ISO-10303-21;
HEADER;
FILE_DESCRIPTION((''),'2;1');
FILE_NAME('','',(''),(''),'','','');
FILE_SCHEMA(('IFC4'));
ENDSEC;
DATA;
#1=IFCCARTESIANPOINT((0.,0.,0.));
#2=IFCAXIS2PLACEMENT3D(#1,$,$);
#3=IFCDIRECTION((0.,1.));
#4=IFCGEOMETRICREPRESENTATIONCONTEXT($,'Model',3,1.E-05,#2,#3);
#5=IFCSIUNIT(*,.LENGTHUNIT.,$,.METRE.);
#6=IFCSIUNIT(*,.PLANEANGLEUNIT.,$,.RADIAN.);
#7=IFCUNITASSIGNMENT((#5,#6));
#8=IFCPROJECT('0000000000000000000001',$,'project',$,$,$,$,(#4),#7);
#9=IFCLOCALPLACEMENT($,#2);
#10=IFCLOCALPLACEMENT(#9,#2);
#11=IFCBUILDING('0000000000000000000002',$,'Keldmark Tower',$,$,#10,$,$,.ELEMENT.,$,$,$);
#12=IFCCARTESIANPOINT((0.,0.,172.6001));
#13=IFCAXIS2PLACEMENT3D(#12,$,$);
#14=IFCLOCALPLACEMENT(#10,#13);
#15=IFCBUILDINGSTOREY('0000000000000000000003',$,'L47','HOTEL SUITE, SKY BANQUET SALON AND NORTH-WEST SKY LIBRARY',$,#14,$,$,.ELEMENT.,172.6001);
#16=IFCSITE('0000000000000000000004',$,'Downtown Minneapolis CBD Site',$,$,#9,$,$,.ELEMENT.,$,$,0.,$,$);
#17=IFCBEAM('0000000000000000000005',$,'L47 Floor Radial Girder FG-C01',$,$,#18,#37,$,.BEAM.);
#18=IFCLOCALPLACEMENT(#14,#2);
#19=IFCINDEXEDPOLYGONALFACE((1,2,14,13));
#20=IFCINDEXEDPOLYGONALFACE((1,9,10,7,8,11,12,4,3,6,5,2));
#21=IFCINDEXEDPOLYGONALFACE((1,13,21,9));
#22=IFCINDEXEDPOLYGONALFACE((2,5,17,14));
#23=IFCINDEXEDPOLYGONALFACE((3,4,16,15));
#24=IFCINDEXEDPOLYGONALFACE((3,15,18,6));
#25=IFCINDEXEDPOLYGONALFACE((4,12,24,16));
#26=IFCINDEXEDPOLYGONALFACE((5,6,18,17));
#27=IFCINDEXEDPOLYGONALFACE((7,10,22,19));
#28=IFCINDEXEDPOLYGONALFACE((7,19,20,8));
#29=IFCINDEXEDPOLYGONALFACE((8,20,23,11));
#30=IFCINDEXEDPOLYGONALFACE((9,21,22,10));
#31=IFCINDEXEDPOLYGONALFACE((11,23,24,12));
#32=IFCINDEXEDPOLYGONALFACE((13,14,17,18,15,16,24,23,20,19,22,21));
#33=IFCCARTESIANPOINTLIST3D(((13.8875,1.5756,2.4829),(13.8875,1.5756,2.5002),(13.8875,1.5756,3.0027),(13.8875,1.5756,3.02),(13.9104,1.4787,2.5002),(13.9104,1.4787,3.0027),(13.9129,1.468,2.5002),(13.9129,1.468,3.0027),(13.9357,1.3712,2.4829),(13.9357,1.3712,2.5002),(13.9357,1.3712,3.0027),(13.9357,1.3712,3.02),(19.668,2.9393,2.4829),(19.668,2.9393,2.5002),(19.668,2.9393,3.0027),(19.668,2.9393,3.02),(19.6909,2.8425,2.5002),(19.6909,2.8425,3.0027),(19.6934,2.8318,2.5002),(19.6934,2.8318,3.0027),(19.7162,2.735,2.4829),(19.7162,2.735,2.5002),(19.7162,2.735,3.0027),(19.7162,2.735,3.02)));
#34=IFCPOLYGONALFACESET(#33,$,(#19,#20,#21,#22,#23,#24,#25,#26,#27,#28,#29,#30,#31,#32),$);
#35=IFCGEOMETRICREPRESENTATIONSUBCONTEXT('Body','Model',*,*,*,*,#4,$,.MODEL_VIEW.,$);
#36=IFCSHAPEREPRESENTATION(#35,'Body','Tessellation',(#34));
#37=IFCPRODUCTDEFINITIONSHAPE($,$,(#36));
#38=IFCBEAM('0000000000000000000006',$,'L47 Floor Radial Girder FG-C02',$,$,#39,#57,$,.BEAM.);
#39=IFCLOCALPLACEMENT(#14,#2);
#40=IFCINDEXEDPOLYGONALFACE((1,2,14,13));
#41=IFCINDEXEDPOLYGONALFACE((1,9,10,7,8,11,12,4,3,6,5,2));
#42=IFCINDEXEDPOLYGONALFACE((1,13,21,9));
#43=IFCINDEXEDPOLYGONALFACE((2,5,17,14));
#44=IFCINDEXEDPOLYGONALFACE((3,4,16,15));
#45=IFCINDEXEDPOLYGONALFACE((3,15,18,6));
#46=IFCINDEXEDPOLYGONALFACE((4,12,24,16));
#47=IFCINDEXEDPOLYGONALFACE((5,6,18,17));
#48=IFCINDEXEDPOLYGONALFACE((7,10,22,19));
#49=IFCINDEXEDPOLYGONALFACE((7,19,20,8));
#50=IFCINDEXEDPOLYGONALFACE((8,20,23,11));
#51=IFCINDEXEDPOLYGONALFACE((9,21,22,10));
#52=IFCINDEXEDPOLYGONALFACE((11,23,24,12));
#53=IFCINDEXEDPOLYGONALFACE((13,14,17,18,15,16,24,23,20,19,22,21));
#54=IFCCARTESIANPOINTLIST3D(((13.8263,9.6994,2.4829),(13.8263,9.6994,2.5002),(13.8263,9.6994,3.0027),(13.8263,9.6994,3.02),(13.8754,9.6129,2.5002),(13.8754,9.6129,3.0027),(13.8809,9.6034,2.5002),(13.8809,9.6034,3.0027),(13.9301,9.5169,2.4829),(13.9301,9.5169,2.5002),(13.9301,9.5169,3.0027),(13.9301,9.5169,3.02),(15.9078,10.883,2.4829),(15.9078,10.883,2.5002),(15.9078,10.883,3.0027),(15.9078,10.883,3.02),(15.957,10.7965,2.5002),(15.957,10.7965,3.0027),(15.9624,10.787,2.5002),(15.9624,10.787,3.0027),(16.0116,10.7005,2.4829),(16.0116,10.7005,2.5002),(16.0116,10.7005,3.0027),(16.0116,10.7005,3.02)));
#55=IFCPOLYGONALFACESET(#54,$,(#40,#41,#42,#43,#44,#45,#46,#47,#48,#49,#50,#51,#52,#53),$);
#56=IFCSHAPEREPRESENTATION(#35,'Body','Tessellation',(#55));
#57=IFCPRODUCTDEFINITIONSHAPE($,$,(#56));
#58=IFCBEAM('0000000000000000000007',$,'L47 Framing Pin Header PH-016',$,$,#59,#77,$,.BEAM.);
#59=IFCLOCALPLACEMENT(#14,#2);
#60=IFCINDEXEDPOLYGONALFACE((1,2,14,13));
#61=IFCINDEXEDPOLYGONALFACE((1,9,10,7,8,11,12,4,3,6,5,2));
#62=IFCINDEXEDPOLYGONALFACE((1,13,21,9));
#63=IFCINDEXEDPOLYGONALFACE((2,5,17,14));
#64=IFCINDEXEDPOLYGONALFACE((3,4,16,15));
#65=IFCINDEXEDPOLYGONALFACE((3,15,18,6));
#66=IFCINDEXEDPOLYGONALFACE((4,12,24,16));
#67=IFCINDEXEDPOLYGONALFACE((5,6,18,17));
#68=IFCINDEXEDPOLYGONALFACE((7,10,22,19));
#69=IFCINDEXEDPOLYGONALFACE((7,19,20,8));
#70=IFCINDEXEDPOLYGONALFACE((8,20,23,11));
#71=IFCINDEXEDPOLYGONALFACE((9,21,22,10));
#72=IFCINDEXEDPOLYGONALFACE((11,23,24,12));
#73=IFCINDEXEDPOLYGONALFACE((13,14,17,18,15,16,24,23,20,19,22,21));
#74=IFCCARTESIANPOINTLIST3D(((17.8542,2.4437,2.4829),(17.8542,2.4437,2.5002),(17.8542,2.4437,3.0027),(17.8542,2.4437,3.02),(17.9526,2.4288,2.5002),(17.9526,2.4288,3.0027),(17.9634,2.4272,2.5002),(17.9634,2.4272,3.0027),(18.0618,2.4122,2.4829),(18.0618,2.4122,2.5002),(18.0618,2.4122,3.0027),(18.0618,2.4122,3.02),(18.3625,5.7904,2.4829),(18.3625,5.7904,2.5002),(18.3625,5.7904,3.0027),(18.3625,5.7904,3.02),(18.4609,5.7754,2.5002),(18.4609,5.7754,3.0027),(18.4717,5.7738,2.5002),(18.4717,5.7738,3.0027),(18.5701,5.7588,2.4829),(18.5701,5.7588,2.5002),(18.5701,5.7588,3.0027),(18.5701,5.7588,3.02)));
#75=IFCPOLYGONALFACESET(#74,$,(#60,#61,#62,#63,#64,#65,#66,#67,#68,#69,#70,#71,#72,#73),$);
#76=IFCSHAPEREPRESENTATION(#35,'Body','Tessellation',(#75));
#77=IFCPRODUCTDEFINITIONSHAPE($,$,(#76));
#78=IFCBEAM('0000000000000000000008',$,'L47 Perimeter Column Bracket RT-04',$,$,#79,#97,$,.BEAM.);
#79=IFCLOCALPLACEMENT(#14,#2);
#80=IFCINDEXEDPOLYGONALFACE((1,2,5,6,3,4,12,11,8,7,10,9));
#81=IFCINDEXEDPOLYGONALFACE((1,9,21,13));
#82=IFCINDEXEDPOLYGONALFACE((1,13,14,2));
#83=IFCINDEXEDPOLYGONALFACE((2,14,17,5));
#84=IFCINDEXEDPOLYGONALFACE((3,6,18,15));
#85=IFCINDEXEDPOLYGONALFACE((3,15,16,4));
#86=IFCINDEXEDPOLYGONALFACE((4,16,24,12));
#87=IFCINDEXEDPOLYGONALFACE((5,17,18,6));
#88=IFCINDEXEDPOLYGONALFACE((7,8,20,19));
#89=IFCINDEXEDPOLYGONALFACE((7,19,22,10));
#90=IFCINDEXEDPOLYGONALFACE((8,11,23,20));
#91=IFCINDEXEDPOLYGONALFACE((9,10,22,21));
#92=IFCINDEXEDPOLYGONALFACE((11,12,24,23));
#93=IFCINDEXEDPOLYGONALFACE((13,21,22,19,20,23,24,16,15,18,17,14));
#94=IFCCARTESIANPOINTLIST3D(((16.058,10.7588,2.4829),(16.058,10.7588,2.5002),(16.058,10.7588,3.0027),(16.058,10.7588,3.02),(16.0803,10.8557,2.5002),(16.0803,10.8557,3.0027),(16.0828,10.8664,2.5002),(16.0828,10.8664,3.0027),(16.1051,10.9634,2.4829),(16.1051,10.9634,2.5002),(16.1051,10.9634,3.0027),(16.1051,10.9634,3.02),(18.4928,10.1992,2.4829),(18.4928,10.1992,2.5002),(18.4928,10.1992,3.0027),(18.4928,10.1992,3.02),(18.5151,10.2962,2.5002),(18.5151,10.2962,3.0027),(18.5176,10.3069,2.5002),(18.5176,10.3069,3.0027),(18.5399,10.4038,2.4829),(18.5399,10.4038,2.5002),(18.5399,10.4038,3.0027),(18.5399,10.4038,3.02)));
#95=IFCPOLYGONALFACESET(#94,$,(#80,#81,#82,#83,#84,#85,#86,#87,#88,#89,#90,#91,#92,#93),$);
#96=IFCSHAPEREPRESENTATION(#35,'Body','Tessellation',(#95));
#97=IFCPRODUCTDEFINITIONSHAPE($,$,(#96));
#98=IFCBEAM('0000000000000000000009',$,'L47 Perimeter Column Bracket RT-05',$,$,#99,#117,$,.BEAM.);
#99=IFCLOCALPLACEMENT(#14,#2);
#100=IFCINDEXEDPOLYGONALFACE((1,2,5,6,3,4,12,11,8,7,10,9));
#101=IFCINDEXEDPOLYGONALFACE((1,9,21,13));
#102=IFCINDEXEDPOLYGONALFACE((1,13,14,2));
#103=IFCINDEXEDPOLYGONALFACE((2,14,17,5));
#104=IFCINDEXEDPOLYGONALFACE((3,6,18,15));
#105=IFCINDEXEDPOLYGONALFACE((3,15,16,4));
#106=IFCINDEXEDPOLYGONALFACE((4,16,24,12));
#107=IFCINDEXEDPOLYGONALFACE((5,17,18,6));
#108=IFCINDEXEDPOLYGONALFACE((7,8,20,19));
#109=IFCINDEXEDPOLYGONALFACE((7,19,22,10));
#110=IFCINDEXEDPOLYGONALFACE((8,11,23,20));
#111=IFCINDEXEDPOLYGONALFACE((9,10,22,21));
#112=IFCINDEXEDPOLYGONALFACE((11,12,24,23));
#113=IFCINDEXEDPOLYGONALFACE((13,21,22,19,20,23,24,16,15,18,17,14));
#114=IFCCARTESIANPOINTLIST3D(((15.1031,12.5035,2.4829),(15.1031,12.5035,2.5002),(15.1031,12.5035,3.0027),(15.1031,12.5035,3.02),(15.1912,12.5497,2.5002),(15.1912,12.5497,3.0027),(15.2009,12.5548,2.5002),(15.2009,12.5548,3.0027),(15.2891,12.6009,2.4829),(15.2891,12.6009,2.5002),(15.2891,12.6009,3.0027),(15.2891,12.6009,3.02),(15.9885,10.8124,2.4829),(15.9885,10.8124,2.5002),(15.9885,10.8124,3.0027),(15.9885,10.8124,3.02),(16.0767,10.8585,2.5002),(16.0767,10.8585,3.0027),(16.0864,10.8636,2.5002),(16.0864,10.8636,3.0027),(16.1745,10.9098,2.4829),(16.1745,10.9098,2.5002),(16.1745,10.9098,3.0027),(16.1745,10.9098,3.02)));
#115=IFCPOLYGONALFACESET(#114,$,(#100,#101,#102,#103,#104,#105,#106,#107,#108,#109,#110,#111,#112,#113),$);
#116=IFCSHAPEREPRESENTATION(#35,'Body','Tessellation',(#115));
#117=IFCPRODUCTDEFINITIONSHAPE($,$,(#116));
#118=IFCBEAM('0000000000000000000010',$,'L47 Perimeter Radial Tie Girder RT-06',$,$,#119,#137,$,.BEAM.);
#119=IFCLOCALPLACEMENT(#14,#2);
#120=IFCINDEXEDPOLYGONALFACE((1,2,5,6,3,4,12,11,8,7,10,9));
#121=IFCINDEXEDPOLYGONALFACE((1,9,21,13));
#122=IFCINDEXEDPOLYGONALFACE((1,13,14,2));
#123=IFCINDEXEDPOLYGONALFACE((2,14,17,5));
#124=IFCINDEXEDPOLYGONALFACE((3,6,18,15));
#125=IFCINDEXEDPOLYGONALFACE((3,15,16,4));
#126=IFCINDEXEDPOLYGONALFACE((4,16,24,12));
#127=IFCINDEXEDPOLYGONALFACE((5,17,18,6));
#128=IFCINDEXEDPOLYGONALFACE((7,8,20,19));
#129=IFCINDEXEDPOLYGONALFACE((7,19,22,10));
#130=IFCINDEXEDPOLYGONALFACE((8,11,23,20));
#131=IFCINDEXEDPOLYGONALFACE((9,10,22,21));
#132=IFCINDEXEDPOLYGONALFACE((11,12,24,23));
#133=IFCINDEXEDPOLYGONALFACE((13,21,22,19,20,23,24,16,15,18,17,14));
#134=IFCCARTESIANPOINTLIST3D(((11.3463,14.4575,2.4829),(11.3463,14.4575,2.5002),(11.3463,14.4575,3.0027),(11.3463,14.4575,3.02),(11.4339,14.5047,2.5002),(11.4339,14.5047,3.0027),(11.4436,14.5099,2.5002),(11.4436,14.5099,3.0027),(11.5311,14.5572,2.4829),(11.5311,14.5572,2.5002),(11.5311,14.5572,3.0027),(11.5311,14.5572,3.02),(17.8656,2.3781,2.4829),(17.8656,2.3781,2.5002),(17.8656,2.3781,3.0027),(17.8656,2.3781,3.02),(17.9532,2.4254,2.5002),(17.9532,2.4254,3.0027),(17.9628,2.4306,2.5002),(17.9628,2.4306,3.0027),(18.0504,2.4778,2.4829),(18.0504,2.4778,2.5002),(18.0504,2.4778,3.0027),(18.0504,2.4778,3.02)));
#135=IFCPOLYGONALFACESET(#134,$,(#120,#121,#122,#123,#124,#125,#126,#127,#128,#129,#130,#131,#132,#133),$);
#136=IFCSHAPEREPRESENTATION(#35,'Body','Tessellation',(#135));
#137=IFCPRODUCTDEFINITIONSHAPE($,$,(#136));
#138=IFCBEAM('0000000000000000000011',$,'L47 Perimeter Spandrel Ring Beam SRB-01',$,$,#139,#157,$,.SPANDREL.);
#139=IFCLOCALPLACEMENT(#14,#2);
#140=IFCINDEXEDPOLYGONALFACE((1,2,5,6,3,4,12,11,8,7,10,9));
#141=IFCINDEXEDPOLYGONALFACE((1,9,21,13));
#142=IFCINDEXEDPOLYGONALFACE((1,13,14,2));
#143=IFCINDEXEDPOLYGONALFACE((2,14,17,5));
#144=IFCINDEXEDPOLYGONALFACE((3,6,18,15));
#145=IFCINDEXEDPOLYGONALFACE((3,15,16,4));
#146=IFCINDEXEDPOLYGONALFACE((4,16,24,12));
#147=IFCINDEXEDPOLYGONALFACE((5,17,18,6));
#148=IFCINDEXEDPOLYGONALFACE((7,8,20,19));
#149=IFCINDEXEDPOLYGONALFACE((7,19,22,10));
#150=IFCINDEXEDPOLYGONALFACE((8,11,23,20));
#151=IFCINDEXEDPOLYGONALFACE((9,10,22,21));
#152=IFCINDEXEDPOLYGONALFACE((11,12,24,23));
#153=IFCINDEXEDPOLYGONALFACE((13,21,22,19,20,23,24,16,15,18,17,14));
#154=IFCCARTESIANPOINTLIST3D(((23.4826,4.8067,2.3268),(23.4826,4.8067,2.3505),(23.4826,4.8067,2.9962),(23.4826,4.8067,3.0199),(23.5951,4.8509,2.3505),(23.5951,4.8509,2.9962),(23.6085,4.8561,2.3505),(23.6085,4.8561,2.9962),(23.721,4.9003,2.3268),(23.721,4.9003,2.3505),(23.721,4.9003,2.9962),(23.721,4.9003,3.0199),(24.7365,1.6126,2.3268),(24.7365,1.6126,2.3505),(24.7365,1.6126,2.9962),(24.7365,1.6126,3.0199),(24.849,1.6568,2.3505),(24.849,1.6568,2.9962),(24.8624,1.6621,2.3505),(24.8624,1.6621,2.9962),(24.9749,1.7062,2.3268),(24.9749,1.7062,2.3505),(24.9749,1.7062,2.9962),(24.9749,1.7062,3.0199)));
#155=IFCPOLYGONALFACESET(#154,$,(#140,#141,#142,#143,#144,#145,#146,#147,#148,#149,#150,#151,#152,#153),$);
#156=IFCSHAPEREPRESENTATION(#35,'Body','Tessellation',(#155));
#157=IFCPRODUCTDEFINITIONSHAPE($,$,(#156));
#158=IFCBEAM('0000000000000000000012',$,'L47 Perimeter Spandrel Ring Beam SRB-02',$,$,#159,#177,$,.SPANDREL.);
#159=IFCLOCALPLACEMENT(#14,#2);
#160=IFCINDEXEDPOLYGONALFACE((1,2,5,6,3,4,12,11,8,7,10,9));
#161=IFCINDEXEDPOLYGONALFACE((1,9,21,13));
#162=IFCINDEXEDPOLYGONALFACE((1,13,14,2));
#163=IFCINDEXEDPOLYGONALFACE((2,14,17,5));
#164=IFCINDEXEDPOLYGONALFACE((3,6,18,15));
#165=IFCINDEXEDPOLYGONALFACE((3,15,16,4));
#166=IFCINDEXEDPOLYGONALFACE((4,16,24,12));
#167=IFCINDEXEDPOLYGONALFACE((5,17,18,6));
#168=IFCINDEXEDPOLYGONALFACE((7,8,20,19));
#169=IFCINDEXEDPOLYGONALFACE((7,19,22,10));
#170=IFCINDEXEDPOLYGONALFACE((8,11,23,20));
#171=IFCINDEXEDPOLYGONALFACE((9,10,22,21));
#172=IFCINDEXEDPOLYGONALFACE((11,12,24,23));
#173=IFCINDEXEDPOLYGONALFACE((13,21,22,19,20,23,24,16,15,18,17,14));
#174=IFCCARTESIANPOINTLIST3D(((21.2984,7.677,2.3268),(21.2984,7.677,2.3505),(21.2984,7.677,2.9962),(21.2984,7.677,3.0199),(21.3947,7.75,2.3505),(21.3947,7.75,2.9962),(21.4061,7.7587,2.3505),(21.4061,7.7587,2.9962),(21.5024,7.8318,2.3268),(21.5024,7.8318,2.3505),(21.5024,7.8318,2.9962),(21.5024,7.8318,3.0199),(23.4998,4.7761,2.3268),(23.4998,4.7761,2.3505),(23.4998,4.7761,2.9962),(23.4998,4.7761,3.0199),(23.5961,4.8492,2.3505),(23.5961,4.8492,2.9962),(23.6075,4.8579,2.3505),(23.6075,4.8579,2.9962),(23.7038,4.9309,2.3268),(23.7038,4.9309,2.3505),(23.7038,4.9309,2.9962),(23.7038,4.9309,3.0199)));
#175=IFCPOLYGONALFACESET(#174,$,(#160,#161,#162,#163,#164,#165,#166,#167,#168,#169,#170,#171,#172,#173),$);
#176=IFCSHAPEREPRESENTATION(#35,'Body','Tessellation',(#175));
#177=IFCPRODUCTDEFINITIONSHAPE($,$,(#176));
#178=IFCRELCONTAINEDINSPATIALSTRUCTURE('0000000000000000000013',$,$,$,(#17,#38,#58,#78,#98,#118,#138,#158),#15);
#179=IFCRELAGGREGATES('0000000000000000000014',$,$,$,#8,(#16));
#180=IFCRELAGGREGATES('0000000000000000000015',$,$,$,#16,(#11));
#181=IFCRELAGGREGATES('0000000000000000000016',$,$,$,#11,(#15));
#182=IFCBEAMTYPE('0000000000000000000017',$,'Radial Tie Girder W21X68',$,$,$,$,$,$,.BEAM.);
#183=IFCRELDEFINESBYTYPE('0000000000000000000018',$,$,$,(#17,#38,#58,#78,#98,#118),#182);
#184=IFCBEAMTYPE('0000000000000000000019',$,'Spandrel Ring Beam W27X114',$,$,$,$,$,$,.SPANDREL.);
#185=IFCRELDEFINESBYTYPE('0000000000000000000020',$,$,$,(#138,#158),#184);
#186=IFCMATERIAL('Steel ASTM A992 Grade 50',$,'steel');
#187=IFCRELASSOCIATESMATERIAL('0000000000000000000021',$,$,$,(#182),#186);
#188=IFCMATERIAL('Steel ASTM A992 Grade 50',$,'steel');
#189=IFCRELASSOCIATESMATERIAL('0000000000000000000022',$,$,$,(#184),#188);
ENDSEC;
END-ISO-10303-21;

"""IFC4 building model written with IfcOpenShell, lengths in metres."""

from ifc_helpers import new_model, si_unit, direction, frame, origin, origin_2d, place, context, subcontext, project, spatial, i_section, extrude, material, material_profile, profile_set, type_object, element, save


model = new_model("IFC4")

# Units and contexts
model_context = context("Model", 3, precision=1e-05, world=origin(), true_north=direction((0.0, 1.0)))
body_context = subcontext(model_context, "Body", "Model", "MODEL_VIEW")
ifc_project = project(units=[si_unit("LENGTHUNIT", "METRE"), si_unit("PLANEANGLEUNIT", "RADIAN")], contexts=[model_context])

# Site, building, storey
site_placement = place(None, origin())
site = spatial("IfcSite", under=ifc_project, at=site_placement, Name="Downtown Minneapolis CBD Site", CompositionType="ELEMENT", RefElevation=0.0)
building_placement = place(site_placement, origin())
building = spatial("IfcBuilding", under=site, at=building_placement, Name="Keldmark Tower", CompositionType="ELEMENT")
storey_placement = place(building_placement, frame((0.0, 0.0, 172.6001)))
storey = spatial("IfcBuildingStorey", under=building, at=storey_placement, Name="L47", Description="HOTEL SUITE, SKY BANQUET SALON AND NORTH-WEST SKY LIBRARY", CompositionType="ELEMENT", Elevation=172.6001)

# Beams
ifc_material_1 = material(Name="Steel ASTM A992 Grade 50", Category="steel")
ifc_material_profile_1 = material_profile(ifc_material_1, i_section(OverallWidth=0.21, OverallDepth=0.5371, WebThickness=0.011, FlangeThickness=0.0173, at=origin_2d()), Name="W21X68")
ifc_profile_set_1 = profile_set([ifc_material_profile_1], Name="Steel ASTM A992 Grade 50")
beam_type_1 = type_object("IfcBeamType", Name="Radial Tie Girder W21X68", PredefinedType="BEAM", material=ifc_profile_set_1)
beam_1_placement = place(storey_placement, frame((19.6921, 2.8372, 2.7515), z_axis=(-0.97328, -0.229621, 0.0), x_axis=(0.229621, -0.97328, 0.0)))
element("IfcBeam", 1, at=beam_1_placement, inside=storey, type_object=beam_type_1, Name="L47 Floor Radial Girder FG-C01", PredefinedType="BEAM", context=body_context, shape_type="SweptSolid", body=[
    extrude(i_section(OverallWidth=0.21, OverallDepth=0.5371, WebThickness=0.011, FlangeThickness=0.0173, at=origin_2d()), origin(), (0.0, 0.0, 1.0), 5.9392),
])
beam_2_placement = place(storey_placement, frame((15.9597, 10.7917, 2.7515), z_axis=(-0.869295, -0.494293, 0.0), x_axis=(0.494293, -0.869295, 0.0)))
element("IfcBeam", 2, at=beam_2_placement, inside=storey, type_object=beam_type_1, Name="L47 Floor Radial Girder FG-C02", PredefinedType="BEAM", context=body_context, shape_type="SweptSolid", body=[
    extrude(i_section(OverallWidth=0.21, OverallDepth=0.5371, WebThickness=0.011, FlangeThickness=0.0173, at=origin_2d()), origin(), (0.0, 0.0, 1.0), 2.3945),
])
beam_3_placement = place(storey_placement, frame((17.958, 2.428, 2.7515), z_axis=(0.15016, 0.988662, 0.0), x_axis=(-0.988662, 0.15016, 0.0)))
element("IfcBeam", 3, at=beam_3_placement, inside=storey, type_object=beam_type_1, Name="L47 Framing Pin Header PH-016", PredefinedType="BEAM", context=body_context, shape_type="SweptSolid", body=[
    extrude(i_section(OverallWidth=0.21, OverallDepth=0.5371, WebThickness=0.011, FlangeThickness=0.0173, at=origin_2d()), origin(), (0.0, 0.0, 1.0), 3.385),
])
beam_4_placement = place(storey_placement, frame((16.0815, 10.8611, 2.7515), z_axis=(0.974593, -0.223982, 0.0), x_axis=(0.223982, 0.974593, 0.0)))
element("IfcBeam", 4, at=beam_4_placement, inside=storey, type_object=beam_type_1, Name="L47 Perimeter Column Bracket RT-04", PredefinedType="BEAM", context=body_context, shape_type="SweptSolid", body=[
    extrude(i_section(OverallWidth=0.21, OverallDepth=0.5371, WebThickness=0.011, FlangeThickness=0.0173, at=origin_2d()), origin(), (0.0, 0.0, 1.0), 2.4983),
])
beam_5_placement = place(storey_placement, frame((16.0815, 10.8611, 2.7515), z_axis=(-0.463864, 0.885907, 0.0), x_axis=(-0.885907, -0.463864, 0.0)))
element("IfcBeam", 5, at=beam_5_placement, inside=storey, type_object=beam_type_1, Name="L47 Perimeter Column Bracket RT-05", PredefinedType="BEAM", context=body_context, shape_type="SweptSolid", body=[
    extrude(i_section(OverallWidth=0.21, OverallDepth=0.5371, WebThickness=0.011, FlangeThickness=0.0173, at=origin_2d()), origin(), (0.0, 0.0, 1.0), 1.9089),
])
beam_6_placement = place(storey_placement, frame((17.958, 2.428, 2.7515), z_axis=(-0.474948, 0.880014, 0.0), x_axis=(-0.880014, -0.474948, 0.0)))
element("IfcBeam", 6, at=beam_6_placement, inside=storey, type_object=beam_type_1, Name="L47 Perimeter Radial Tie Girder RT-06", PredefinedType="BEAM", context=body_context, shape_type="SweptSolid", body=[
    extrude(i_section(OverallWidth=0.21, OverallDepth=0.5371, WebThickness=0.011, FlangeThickness=0.0173, at=origin_2d()), origin(), (0.0, 0.0, 1.0), 13.7263),
])
ifc_material_2 = material(Name="Steel ASTM A992 Grade 50", Category="steel")
ifc_material_profile_2 = material_profile(ifc_material_2, i_section(OverallWidth=0.2561, OverallDepth=0.6931, WebThickness=0.0144, FlangeThickness=0.0237, at=origin_2d()), Name="W27X114")
ifc_profile_set_2 = profile_set([ifc_material_profile_2], Name="Steel ASTM A992 Grade 50")
beam_type_2 = type_object("IfcBeamType", Name="Spandrel Ring Beam W27X114", PredefinedType="SPANDREL", material=ifc_profile_set_2)
beam_7_placement = place(storey_placement, frame((24.8557, 1.6594, 2.6733), z_axis=(-0.365421, 0.930842, 0.0), x_axis=(-0.930842, -0.365421, 0.0)))
element("IfcBeam", 7, at=beam_7_placement, inside=storey, type_object=beam_type_2, Name="L47 Perimeter Spandrel Ring Beam SRB-01", PredefinedType="SPANDREL", context=body_context, shape_type="SweptSolid", body=[
    extrude(i_section(OverallWidth=0.2561, OverallDepth=0.6931, WebThickness=0.0144, FlangeThickness=0.0237, at=origin_2d()), origin(), (0.0, 0.0, 1.0), 3.4314),
])
beam_8_placement = place(storey_placement, frame((23.6018, 4.8535, 2.6733), z_axis=(-0.604517, 0.796592, 0.0), x_axis=(-0.796592, -0.604517, 0.0)))
element("IfcBeam", 8, at=beam_8_placement, inside=storey, type_object=beam_type_2, Name="L47 Perimeter Spandrel Ring Beam SRB-02", PredefinedType="SPANDREL", context=body_context, shape_type="SweptSolid", body=[
    extrude(i_section(OverallWidth=0.2561, OverallDepth=0.6931, WebThickness=0.0144, FlangeThickness=0.0237, at=origin_2d()), origin(), (0.0, 0.0, 1.0), 3.6416),
])

save(model, "model.ifc")
